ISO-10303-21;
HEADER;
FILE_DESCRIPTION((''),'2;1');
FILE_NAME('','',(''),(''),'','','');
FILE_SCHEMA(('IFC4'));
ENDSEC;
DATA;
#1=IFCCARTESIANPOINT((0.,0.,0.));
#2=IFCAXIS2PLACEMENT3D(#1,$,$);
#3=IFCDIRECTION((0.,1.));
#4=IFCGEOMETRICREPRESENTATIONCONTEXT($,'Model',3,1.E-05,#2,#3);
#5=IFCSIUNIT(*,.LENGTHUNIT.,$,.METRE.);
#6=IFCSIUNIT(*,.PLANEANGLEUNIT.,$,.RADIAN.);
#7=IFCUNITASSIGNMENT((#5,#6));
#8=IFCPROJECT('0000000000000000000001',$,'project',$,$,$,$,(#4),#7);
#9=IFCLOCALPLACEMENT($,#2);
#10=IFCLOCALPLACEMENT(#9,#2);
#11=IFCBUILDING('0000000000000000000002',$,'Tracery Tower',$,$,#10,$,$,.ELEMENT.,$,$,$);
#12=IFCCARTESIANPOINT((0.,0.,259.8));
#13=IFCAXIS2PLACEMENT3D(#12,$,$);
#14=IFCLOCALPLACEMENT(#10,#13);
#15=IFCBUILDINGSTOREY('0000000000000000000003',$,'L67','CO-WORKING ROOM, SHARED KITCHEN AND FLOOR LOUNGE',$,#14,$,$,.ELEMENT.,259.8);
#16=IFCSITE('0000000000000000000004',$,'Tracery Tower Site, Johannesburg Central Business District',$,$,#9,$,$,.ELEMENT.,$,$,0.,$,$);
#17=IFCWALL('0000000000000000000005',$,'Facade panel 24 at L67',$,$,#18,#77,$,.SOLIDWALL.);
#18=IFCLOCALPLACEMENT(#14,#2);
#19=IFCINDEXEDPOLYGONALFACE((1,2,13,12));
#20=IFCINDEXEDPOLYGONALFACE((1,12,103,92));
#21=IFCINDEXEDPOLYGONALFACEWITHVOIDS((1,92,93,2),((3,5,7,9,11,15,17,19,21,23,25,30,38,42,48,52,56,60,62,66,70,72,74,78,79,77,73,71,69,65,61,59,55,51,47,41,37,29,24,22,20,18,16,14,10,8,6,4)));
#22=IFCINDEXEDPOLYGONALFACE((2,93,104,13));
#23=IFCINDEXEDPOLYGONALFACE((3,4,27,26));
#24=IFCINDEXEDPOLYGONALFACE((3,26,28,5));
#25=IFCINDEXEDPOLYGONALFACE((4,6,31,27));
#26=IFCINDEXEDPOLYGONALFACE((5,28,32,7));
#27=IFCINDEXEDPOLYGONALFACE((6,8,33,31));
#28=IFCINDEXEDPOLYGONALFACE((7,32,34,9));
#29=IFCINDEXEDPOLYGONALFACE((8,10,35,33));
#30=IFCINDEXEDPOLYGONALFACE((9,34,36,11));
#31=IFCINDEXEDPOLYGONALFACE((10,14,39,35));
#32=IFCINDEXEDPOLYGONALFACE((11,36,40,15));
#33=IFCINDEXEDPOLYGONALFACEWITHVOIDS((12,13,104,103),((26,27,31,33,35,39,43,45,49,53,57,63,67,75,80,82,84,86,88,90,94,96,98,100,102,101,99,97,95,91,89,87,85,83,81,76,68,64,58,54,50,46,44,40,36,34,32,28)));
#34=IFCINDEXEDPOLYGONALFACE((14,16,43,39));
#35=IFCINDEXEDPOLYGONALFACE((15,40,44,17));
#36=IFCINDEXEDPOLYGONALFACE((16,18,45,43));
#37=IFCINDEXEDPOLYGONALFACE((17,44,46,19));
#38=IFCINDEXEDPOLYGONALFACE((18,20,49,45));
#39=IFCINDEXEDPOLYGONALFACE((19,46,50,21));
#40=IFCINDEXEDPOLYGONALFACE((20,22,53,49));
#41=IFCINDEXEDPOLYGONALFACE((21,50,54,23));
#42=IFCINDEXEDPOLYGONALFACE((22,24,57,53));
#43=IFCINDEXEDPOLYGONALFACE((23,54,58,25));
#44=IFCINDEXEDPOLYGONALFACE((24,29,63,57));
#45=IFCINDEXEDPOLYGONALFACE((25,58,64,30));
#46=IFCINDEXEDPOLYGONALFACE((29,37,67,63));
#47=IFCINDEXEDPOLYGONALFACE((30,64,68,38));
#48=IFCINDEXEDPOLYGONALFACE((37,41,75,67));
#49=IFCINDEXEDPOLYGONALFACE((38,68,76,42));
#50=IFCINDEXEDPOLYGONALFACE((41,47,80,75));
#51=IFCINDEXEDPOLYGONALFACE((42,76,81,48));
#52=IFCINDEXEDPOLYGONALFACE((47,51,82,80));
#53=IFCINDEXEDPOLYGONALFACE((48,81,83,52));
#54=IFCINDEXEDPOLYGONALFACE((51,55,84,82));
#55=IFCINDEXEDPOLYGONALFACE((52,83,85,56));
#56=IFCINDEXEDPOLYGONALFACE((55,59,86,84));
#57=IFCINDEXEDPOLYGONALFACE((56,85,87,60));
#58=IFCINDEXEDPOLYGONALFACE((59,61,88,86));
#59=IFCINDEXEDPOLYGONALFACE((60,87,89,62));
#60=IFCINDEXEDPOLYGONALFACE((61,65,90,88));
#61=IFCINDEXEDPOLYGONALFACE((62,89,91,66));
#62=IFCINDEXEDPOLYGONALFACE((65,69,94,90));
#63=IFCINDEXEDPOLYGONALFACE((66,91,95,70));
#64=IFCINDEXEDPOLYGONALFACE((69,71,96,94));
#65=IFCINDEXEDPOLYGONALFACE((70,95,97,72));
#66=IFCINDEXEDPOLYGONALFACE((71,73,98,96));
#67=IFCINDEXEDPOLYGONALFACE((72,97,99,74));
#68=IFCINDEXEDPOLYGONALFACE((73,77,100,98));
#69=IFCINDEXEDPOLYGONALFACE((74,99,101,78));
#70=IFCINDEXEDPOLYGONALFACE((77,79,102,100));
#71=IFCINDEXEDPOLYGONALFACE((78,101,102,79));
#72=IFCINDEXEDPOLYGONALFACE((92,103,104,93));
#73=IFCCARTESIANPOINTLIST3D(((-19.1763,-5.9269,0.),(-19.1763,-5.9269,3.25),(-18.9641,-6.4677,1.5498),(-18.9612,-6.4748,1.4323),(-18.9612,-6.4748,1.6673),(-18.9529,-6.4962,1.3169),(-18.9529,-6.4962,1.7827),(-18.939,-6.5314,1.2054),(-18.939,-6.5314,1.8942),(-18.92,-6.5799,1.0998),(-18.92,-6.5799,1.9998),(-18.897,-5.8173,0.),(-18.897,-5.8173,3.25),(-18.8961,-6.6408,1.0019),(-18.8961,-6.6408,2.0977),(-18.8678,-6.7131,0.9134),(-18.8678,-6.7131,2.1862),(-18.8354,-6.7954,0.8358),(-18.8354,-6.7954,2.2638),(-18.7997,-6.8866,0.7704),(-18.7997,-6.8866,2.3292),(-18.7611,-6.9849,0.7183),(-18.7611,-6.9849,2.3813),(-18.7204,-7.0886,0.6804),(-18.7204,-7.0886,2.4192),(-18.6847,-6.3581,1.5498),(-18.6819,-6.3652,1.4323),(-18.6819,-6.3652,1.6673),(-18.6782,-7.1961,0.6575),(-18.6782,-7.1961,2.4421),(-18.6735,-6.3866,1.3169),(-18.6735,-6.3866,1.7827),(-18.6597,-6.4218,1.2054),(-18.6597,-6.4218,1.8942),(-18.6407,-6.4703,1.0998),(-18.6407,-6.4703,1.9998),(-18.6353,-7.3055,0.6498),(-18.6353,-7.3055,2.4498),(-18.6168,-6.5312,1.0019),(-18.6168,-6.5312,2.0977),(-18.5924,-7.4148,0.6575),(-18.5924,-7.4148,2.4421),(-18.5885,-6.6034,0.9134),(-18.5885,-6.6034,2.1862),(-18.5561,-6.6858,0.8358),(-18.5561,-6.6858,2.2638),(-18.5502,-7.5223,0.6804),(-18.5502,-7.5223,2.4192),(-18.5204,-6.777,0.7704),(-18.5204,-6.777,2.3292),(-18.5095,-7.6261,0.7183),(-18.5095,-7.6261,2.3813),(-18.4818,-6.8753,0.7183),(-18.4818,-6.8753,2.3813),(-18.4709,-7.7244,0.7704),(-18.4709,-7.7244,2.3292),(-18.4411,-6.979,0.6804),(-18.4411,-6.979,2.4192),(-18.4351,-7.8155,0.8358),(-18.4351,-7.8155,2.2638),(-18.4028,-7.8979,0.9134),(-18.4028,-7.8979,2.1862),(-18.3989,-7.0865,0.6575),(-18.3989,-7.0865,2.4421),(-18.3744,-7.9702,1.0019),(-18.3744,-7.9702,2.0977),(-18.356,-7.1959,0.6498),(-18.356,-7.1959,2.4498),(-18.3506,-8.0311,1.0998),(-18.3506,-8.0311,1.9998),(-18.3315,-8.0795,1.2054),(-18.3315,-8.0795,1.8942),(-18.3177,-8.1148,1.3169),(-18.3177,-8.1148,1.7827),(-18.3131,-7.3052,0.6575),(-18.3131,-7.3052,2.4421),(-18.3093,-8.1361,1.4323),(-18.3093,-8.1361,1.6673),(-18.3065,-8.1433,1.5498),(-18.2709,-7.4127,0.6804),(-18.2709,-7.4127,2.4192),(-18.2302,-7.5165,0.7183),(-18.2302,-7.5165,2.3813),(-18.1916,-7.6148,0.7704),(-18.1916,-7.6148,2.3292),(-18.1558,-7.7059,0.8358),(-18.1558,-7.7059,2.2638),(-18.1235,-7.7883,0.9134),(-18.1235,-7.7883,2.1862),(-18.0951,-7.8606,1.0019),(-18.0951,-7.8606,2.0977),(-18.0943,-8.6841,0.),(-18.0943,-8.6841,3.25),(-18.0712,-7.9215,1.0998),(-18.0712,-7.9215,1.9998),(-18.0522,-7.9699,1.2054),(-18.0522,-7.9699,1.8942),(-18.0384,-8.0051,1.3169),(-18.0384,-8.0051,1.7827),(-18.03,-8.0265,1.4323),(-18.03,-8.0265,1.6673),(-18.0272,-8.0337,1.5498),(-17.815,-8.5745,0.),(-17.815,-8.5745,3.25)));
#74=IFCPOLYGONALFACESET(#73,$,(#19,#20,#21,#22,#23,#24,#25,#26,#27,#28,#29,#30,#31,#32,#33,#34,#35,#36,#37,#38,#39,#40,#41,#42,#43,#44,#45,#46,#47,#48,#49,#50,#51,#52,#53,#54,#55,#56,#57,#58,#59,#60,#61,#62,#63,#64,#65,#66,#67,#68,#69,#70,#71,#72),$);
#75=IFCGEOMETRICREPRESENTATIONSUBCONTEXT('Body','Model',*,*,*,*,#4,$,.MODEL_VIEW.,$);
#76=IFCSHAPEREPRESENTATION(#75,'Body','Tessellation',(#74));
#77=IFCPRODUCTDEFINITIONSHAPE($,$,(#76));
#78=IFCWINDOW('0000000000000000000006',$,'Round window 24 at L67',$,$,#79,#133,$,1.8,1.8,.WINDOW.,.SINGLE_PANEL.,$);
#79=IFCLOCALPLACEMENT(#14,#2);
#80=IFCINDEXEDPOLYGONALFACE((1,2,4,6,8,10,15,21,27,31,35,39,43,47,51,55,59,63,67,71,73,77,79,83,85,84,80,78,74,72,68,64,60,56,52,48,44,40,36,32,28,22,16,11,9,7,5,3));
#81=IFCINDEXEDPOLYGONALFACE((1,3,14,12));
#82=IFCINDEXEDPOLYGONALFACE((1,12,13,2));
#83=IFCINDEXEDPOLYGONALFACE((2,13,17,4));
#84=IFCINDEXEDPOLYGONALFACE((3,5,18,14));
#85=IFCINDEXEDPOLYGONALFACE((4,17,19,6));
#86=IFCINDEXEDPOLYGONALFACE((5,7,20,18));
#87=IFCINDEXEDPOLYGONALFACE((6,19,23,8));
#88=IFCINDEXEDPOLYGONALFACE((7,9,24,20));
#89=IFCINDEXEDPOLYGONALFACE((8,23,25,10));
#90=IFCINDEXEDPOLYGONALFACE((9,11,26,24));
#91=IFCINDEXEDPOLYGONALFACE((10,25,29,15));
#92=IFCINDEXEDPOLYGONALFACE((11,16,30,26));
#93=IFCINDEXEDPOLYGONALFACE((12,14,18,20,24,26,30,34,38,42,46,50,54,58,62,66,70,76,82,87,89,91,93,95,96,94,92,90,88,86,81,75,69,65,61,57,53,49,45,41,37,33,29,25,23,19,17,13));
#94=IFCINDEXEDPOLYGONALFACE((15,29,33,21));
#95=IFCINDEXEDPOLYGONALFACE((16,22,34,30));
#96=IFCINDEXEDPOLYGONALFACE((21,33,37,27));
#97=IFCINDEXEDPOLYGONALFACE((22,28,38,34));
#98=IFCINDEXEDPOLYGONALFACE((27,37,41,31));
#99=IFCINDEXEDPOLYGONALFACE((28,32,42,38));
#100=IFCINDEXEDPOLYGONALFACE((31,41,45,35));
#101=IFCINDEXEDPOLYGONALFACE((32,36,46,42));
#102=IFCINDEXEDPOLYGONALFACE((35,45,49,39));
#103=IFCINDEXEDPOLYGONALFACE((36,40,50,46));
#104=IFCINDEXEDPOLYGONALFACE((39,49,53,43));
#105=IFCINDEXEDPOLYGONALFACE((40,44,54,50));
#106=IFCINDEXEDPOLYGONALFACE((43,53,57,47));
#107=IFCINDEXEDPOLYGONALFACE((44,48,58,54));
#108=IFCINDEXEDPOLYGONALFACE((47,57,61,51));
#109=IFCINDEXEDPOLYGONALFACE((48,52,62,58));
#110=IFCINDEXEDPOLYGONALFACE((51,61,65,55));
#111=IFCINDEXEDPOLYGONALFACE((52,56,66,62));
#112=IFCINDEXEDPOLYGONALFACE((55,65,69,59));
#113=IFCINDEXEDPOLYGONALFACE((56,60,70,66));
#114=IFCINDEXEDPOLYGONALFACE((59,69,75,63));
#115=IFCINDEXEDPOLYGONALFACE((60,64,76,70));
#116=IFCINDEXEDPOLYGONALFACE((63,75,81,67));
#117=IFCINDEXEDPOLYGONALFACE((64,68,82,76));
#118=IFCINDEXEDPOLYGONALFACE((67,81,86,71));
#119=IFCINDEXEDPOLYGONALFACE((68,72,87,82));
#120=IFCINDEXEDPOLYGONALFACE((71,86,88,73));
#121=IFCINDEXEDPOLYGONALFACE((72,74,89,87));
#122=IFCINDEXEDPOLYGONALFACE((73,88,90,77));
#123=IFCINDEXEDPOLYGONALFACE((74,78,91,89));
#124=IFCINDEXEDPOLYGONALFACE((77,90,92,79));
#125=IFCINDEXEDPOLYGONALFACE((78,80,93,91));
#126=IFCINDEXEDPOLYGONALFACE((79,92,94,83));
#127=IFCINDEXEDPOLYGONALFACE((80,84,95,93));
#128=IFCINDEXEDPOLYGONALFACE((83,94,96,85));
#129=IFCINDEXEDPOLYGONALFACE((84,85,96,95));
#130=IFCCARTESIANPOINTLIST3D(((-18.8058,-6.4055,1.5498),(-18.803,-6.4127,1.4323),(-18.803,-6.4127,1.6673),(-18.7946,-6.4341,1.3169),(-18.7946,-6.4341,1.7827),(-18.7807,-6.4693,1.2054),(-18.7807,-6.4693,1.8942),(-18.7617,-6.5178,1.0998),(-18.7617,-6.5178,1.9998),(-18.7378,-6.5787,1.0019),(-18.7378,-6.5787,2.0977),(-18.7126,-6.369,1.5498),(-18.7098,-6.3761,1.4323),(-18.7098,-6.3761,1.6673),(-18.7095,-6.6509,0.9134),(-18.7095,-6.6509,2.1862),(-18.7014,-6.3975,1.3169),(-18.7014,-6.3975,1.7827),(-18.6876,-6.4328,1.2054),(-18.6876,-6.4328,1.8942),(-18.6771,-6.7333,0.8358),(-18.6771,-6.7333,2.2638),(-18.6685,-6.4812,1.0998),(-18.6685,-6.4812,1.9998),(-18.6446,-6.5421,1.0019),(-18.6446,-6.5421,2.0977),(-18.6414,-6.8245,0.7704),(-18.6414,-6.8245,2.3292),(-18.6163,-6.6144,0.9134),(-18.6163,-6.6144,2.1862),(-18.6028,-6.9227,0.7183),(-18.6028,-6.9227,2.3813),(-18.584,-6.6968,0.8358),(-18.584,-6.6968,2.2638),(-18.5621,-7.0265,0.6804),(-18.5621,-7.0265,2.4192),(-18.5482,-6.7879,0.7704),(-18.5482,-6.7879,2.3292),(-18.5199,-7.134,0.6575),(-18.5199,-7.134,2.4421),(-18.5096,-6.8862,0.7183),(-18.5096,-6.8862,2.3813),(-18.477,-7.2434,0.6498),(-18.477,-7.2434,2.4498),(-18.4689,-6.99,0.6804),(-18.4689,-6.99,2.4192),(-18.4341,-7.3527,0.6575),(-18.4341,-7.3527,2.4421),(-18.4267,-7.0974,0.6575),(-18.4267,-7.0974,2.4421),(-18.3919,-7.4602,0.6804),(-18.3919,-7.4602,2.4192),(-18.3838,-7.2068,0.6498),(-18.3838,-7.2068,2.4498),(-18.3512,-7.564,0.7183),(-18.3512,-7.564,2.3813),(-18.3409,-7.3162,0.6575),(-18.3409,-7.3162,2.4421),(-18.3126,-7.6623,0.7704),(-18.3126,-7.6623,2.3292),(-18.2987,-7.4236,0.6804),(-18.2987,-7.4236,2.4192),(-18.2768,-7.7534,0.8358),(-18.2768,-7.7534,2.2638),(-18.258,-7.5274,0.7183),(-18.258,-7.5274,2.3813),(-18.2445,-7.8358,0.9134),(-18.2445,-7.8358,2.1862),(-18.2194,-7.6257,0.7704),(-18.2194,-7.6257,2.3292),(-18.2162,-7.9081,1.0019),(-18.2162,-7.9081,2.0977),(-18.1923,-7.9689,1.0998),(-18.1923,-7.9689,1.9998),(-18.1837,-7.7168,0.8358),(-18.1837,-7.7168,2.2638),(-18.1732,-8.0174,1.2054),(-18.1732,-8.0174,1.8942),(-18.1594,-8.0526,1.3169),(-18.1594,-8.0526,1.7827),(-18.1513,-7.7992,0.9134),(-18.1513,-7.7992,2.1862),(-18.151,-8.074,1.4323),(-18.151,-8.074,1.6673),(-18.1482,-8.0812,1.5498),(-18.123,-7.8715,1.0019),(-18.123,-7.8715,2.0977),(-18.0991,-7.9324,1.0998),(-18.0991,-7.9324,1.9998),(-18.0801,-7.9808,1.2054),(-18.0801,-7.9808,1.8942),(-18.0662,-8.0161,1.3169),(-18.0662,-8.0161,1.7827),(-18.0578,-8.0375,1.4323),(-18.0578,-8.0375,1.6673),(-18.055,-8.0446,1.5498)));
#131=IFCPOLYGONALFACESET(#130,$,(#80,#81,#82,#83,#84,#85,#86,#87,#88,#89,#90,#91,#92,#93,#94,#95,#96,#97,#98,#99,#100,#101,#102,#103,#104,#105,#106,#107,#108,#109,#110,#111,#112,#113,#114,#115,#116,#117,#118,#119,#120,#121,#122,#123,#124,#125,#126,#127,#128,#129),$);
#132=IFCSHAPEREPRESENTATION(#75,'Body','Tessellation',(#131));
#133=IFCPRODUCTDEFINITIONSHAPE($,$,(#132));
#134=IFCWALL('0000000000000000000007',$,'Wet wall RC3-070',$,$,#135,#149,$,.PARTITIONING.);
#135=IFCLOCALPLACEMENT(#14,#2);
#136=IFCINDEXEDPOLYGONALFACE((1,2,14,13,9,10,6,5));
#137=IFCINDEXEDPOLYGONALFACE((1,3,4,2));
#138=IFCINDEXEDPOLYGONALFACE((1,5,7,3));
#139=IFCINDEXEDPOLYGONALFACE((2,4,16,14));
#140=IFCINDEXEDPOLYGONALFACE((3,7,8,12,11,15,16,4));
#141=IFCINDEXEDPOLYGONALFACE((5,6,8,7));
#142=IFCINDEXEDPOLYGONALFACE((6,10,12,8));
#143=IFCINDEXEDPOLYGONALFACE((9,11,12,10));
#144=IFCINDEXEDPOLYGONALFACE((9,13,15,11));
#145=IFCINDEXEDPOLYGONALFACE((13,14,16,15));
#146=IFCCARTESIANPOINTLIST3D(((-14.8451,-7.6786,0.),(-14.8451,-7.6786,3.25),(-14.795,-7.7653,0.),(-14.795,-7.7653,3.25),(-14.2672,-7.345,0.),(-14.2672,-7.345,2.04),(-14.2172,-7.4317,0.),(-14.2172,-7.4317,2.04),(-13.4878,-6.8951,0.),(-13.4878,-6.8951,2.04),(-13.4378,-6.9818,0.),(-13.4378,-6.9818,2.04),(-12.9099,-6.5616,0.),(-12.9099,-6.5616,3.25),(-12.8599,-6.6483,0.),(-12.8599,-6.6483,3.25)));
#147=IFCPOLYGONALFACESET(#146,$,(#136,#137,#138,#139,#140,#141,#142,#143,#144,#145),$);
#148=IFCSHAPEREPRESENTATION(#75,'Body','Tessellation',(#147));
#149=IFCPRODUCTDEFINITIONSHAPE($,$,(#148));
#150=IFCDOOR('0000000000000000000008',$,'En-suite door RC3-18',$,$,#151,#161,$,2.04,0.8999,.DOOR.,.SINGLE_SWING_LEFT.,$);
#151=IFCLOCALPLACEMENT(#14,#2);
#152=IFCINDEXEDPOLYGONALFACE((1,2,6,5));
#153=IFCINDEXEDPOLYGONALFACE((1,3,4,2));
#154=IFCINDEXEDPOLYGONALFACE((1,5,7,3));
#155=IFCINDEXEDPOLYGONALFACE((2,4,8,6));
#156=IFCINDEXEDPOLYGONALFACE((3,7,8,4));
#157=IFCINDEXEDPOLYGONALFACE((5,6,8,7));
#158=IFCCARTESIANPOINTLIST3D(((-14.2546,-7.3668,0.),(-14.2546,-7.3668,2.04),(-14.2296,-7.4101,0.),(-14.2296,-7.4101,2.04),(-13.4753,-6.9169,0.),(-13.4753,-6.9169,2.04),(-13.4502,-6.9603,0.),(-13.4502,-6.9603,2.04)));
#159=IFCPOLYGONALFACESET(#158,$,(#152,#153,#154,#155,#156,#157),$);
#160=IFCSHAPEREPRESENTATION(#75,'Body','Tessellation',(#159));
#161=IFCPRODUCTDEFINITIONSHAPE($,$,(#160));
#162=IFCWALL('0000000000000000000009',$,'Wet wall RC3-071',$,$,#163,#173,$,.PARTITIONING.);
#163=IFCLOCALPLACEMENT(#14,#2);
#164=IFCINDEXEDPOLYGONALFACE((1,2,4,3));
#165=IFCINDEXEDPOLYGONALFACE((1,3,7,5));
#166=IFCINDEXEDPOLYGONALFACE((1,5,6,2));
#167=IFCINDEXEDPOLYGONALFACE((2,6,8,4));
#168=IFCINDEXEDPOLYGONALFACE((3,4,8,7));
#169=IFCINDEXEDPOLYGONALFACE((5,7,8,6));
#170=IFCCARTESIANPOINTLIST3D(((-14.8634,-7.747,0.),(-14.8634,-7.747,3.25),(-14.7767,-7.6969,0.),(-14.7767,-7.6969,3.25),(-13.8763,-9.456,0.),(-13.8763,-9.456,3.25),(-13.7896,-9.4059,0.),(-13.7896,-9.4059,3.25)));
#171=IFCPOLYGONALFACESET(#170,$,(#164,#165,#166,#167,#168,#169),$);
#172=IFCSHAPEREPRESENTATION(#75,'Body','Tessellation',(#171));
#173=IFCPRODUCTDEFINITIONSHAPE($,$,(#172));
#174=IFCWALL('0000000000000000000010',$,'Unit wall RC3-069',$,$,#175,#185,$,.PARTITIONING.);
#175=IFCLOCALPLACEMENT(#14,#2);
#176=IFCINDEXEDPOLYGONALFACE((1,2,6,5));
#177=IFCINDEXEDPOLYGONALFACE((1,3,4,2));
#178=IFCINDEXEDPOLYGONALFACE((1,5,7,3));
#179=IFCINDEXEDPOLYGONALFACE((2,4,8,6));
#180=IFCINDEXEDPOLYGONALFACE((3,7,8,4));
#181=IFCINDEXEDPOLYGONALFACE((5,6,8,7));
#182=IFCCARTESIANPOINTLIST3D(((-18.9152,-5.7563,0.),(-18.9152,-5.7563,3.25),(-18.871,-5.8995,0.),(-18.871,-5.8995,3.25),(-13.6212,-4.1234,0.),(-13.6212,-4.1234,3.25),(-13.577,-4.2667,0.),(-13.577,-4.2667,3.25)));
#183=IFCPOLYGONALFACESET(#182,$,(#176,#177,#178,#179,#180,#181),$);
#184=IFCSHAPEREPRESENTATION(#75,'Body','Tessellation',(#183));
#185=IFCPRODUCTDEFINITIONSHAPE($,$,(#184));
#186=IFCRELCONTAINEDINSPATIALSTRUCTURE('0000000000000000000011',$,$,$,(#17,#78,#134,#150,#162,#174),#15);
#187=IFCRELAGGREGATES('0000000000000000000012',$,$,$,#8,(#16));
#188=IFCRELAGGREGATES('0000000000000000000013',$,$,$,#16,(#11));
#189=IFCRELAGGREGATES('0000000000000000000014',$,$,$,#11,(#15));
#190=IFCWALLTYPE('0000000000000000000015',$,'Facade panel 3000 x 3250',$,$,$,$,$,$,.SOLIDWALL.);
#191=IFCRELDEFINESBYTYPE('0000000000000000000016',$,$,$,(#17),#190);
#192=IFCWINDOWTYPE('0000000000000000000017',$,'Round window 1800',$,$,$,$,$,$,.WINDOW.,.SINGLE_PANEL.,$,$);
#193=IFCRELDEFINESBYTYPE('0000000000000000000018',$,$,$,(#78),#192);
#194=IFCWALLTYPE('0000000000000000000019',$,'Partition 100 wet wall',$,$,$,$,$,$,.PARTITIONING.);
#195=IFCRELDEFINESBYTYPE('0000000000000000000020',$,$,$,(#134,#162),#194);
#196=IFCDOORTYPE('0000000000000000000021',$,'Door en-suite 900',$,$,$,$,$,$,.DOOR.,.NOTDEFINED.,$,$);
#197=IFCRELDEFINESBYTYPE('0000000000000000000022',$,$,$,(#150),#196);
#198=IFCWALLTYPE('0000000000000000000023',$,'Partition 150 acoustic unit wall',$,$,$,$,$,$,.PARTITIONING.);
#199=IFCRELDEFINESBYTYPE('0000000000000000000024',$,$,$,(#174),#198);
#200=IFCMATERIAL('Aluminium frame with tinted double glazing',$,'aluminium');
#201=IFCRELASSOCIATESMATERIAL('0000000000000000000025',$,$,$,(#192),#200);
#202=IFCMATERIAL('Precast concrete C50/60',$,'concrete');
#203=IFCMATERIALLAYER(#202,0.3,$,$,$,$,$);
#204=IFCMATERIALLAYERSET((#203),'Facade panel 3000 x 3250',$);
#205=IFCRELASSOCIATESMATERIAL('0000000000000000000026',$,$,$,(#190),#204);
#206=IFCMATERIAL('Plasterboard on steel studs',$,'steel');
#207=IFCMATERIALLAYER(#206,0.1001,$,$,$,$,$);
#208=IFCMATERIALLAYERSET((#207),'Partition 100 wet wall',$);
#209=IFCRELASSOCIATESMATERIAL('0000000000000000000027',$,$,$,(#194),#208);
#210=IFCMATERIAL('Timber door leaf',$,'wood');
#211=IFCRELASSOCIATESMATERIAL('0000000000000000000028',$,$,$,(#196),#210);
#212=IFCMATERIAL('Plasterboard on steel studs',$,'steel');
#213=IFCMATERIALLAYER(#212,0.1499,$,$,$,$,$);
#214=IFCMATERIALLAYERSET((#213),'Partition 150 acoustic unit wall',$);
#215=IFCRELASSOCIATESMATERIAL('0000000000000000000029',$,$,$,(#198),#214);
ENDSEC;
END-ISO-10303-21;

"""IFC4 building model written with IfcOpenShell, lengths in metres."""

from ifc_helpers import new_model, si_unit, direction, frame, frame_2d, origin, origin_2d, place, context, subcontext, project, spatial, rectangle, circle, extrude, material, layer, layer_set, type_object, element, fill, save


model = new_model("IFC4")

# Units and contexts
model_context = context("Model", 3, precision=1e-05, world=origin(), true_north=direction((0.0, 1.0)))
body_context = subcontext(model_context, "Body", "Model", "MODEL_VIEW")
ifc_project = project(units=[si_unit("LENGTHUNIT", "METRE"), si_unit("PLANEANGLEUNIT", "RADIAN")], contexts=[model_context])

# Site, building, storey
site_placement = place(None, origin())
site = spatial("IfcSite", under=ifc_project, at=site_placement, Name="Tracery Tower Site, Johannesburg Central Business District", CompositionType="ELEMENT", RefElevation=0.0)
building_placement = place(site_placement, origin())
building = spatial("IfcBuilding", under=site, at=building_placement, Name="Tracery Tower", CompositionType="ELEMENT")
storey_placement = place(building_placement, frame((0.0, 0.0, 259.8)))
storey = spatial("IfcBuildingStorey", under=building, at=storey_placement, Name="L67", Description="CO-WORKING ROOM, SHARED KITCHEN AND FLOOR LOUNGE", CompositionType="ELEMENT", Elevation=259.8)

# Wall, opening, window
ifc_material_1 = material(Name="Aluminium frame with tinted double glazing", Category="aluminium")
window_type = type_object("IfcWindowType", Name="Round window 1800", PartitioningType="SINGLE_PANEL", PredefinedType="WINDOW", material=ifc_material_1)
ifc_material_2 = material(Name="Precast concrete C50/60", Category="concrete")
ifc_layer_1 = layer(ifc_material_2, 0.3)
ifc_layer_set_1 = layer_set([ifc_layer_1], Name="Facade panel 3000 x 3250")
wall_type_1 = type_object("IfcWallType", Name="Facade panel 3000 x 3250", PredefinedType="SOLIDWALL", material=ifc_layer_set_1)
wall_1_placement = place(storey_placement, frame((-19.0366, -5.8721, 0.0), z_axis=(0.0, 0.0, 1.0), x_axis=(0.3653, -0.93089, 0.0)))
wall_1 = element("IfcWall", 1, at=wall_1_placement, inside=storey, type_object=wall_type_1, Name="Facade panel 24 at L67", PredefinedType="SOLIDWALL", context=body_context, shape_type="SweptSolid", body=[
    extrude(rectangle(XDim=2.9619, YDim=0.3, at=frame_2d((1.481, 0.0))), origin(), (0.0, 0.0, 1.0), 3.25),
])
opening_1_placement = place(wall_1_placement, frame((1.481, 0.0, 1.5498)))
opening_1 = element("IfcOpeningElement", 2, at=opening_1_placement, cuts=wall_1, PredefinedType="OPENING", context=body_context, shape_type="SweptSolid", body=[
    extrude(circle(Radius=0.9, at=origin_2d()), frame((0.0, 0.1599, 0.0), z_axis=(0.0, -1.0, 0.0), x_axis=(1.0, 0.0, 0.0)), (0.0, 0.0, 1.0), 0.3201),
])
window_1_placement = place(opening_1_placement, origin())
window_1 = element("IfcWindow", 3, at=window_1_placement, inside=storey, type_object=window_type, Name="Round window 24 at L67", OverallHeight=1.8, OverallWidth=1.8, PartitioningType="SINGLE_PANEL", PredefinedType="WINDOW", context=body_context, shape_type="SweptSolid", body=[
    extrude(circle(Radius=0.9, at=origin_2d()), frame((0.0, 0.1201, 0.0), z_axis=(0.0, -1.0, 0.0), x_axis=(1.0, 0.0, 0.0)), (0.0, 0.0, 1.0), 0.1001),
])
fill(opening_1, window_1)

# Wall, opening, door
ifc_material_3 = material(Name="Plasterboard on steel studs", Category="steel")
ifc_layer_2 = layer(ifc_material_3, 0.1001)
ifc_layer_set_2 = layer_set([ifc_layer_2], Name="Partition 100 wet wall")
wall_type_2 = type_object("IfcWallType", Name="Partition 100 wet wall", PredefinedType="PARTITIONING", material=ifc_layer_set_2)
wall_2_placement = place(storey_placement, frame((-14.8201, -7.7219, 0.0), z_axis=(0.0, 0.0, 1.0), x_axis=(0.866076, 0.499912, 0.0)))
wall_2 = element("IfcWall", 4, at=wall_2_placement, inside=storey, type_object=wall_type_2, Name="Wet wall RC3-070", PredefinedType="PARTITIONING", context=body_context, shape_type="SweptSolid", body=[
    extrude(rectangle(XDim=2.2344, YDim=0.1001, at=frame_2d((1.1172, 0.0))), origin(), (0.0, 0.0, 1.0), 3.25),
])
opening_2_placement = place(wall_2_placement, frame((0.6672, 0.0, 0.0)))
opening_2 = element("IfcOpeningElement", 5, at=opening_2_placement, cuts=wall_2, PredefinedType="OPENING", context=body_context, shape_type="SweptSolid", body=[
    extrude(rectangle(XDim=0.8999, YDim=2.04, at=frame_2d((0.45, 1.02))), frame((0.0, 0.05, 0.0), z_axis=(0.0, -1.0, 0.0), x_axis=(1.0, 0.0, 0.0)), (0.0, 0.0, 1.0), 0.1001),
])
ifc_material_4 = material(Name="Timber door leaf", Category="wood")
door_type_1 = type_object("IfcDoorType", Name="Door en-suite 900", OperationType="NOTDEFINED", PredefinedType="DOOR", material=ifc_material_4)
door_1_placement = place(opening_2_placement, origin())
door_1 = element("IfcDoor", 6, at=door_1_placement, inside=storey, type_object=door_type_1, Name="En-suite door RC3-18", OperationType="SINGLE_SWING_LEFT", OverallHeight=2.04, OverallWidth=0.8999, PredefinedType="DOOR", context=body_context, shape_type="SweptSolid", body=[
    extrude(rectangle(XDim=0.8999, YDim=2.04, at=frame_2d((0.45, 1.02))), frame((0.0, 0.0249, 0.0), z_axis=(0.0, -1.0, 0.0), x_axis=(1.0, 0.0, 0.0)), (0.0, 0.0, 1.0), 0.05),
])
fill(opening_2, door_1)

# Walls
wall_3_placement = place(storey_placement, frame((-14.8201, -7.7219, 0.0), z_axis=(0.0, 0.0, 1.0), x_axis=(0.500144, -0.865942, 0.0)))
element("IfcWall", 7, at=wall_3_placement, inside=storey, type_object=wall_type_2, Name="Wet wall RC3-071", PredefinedType="PARTITIONING", context=body_context, shape_type="SweptSolid", body=[
    extrude(rectangle(XDim=1.9736, YDim=0.1001, at=frame_2d((0.9868, 0.0))), origin(), (0.0, 0.0, 1.0), 3.25),
])
ifc_material_5 = material(Name="Plasterboard on steel studs", Category="steel")
ifc_layer_3 = layer(ifc_material_5, 0.1499)
ifc_layer_set_3 = layer_set([ifc_layer_3], Name="Partition 150 acoustic unit wall")
wall_type_3 = type_object("IfcWallType", Name="Partition 150 acoustic unit wall", PredefinedType="PARTITIONING", material=ifc_layer_set_3)
wall_4_placement = place(storey_placement, frame((-18.8931, -5.8279, 0.0), z_axis=(0.0, 0.0, 1.0), x_axis=(0.955581, 0.29473, 0.0)))
element("IfcWall", 8, at=wall_4_placement, inside=storey, type_object=wall_type_3, Name="Unit wall RC3-069", PredefinedType="PARTITIONING", context=body_context, shape_type="SweptSolid", body=[
    extrude(rectangle(XDim=5.54, YDim=0.1499, at=frame_2d((2.77, 0.0))), origin(), (0.0, 0.0, 1.0), 3.25),
])

save(model, "model.ifc")
